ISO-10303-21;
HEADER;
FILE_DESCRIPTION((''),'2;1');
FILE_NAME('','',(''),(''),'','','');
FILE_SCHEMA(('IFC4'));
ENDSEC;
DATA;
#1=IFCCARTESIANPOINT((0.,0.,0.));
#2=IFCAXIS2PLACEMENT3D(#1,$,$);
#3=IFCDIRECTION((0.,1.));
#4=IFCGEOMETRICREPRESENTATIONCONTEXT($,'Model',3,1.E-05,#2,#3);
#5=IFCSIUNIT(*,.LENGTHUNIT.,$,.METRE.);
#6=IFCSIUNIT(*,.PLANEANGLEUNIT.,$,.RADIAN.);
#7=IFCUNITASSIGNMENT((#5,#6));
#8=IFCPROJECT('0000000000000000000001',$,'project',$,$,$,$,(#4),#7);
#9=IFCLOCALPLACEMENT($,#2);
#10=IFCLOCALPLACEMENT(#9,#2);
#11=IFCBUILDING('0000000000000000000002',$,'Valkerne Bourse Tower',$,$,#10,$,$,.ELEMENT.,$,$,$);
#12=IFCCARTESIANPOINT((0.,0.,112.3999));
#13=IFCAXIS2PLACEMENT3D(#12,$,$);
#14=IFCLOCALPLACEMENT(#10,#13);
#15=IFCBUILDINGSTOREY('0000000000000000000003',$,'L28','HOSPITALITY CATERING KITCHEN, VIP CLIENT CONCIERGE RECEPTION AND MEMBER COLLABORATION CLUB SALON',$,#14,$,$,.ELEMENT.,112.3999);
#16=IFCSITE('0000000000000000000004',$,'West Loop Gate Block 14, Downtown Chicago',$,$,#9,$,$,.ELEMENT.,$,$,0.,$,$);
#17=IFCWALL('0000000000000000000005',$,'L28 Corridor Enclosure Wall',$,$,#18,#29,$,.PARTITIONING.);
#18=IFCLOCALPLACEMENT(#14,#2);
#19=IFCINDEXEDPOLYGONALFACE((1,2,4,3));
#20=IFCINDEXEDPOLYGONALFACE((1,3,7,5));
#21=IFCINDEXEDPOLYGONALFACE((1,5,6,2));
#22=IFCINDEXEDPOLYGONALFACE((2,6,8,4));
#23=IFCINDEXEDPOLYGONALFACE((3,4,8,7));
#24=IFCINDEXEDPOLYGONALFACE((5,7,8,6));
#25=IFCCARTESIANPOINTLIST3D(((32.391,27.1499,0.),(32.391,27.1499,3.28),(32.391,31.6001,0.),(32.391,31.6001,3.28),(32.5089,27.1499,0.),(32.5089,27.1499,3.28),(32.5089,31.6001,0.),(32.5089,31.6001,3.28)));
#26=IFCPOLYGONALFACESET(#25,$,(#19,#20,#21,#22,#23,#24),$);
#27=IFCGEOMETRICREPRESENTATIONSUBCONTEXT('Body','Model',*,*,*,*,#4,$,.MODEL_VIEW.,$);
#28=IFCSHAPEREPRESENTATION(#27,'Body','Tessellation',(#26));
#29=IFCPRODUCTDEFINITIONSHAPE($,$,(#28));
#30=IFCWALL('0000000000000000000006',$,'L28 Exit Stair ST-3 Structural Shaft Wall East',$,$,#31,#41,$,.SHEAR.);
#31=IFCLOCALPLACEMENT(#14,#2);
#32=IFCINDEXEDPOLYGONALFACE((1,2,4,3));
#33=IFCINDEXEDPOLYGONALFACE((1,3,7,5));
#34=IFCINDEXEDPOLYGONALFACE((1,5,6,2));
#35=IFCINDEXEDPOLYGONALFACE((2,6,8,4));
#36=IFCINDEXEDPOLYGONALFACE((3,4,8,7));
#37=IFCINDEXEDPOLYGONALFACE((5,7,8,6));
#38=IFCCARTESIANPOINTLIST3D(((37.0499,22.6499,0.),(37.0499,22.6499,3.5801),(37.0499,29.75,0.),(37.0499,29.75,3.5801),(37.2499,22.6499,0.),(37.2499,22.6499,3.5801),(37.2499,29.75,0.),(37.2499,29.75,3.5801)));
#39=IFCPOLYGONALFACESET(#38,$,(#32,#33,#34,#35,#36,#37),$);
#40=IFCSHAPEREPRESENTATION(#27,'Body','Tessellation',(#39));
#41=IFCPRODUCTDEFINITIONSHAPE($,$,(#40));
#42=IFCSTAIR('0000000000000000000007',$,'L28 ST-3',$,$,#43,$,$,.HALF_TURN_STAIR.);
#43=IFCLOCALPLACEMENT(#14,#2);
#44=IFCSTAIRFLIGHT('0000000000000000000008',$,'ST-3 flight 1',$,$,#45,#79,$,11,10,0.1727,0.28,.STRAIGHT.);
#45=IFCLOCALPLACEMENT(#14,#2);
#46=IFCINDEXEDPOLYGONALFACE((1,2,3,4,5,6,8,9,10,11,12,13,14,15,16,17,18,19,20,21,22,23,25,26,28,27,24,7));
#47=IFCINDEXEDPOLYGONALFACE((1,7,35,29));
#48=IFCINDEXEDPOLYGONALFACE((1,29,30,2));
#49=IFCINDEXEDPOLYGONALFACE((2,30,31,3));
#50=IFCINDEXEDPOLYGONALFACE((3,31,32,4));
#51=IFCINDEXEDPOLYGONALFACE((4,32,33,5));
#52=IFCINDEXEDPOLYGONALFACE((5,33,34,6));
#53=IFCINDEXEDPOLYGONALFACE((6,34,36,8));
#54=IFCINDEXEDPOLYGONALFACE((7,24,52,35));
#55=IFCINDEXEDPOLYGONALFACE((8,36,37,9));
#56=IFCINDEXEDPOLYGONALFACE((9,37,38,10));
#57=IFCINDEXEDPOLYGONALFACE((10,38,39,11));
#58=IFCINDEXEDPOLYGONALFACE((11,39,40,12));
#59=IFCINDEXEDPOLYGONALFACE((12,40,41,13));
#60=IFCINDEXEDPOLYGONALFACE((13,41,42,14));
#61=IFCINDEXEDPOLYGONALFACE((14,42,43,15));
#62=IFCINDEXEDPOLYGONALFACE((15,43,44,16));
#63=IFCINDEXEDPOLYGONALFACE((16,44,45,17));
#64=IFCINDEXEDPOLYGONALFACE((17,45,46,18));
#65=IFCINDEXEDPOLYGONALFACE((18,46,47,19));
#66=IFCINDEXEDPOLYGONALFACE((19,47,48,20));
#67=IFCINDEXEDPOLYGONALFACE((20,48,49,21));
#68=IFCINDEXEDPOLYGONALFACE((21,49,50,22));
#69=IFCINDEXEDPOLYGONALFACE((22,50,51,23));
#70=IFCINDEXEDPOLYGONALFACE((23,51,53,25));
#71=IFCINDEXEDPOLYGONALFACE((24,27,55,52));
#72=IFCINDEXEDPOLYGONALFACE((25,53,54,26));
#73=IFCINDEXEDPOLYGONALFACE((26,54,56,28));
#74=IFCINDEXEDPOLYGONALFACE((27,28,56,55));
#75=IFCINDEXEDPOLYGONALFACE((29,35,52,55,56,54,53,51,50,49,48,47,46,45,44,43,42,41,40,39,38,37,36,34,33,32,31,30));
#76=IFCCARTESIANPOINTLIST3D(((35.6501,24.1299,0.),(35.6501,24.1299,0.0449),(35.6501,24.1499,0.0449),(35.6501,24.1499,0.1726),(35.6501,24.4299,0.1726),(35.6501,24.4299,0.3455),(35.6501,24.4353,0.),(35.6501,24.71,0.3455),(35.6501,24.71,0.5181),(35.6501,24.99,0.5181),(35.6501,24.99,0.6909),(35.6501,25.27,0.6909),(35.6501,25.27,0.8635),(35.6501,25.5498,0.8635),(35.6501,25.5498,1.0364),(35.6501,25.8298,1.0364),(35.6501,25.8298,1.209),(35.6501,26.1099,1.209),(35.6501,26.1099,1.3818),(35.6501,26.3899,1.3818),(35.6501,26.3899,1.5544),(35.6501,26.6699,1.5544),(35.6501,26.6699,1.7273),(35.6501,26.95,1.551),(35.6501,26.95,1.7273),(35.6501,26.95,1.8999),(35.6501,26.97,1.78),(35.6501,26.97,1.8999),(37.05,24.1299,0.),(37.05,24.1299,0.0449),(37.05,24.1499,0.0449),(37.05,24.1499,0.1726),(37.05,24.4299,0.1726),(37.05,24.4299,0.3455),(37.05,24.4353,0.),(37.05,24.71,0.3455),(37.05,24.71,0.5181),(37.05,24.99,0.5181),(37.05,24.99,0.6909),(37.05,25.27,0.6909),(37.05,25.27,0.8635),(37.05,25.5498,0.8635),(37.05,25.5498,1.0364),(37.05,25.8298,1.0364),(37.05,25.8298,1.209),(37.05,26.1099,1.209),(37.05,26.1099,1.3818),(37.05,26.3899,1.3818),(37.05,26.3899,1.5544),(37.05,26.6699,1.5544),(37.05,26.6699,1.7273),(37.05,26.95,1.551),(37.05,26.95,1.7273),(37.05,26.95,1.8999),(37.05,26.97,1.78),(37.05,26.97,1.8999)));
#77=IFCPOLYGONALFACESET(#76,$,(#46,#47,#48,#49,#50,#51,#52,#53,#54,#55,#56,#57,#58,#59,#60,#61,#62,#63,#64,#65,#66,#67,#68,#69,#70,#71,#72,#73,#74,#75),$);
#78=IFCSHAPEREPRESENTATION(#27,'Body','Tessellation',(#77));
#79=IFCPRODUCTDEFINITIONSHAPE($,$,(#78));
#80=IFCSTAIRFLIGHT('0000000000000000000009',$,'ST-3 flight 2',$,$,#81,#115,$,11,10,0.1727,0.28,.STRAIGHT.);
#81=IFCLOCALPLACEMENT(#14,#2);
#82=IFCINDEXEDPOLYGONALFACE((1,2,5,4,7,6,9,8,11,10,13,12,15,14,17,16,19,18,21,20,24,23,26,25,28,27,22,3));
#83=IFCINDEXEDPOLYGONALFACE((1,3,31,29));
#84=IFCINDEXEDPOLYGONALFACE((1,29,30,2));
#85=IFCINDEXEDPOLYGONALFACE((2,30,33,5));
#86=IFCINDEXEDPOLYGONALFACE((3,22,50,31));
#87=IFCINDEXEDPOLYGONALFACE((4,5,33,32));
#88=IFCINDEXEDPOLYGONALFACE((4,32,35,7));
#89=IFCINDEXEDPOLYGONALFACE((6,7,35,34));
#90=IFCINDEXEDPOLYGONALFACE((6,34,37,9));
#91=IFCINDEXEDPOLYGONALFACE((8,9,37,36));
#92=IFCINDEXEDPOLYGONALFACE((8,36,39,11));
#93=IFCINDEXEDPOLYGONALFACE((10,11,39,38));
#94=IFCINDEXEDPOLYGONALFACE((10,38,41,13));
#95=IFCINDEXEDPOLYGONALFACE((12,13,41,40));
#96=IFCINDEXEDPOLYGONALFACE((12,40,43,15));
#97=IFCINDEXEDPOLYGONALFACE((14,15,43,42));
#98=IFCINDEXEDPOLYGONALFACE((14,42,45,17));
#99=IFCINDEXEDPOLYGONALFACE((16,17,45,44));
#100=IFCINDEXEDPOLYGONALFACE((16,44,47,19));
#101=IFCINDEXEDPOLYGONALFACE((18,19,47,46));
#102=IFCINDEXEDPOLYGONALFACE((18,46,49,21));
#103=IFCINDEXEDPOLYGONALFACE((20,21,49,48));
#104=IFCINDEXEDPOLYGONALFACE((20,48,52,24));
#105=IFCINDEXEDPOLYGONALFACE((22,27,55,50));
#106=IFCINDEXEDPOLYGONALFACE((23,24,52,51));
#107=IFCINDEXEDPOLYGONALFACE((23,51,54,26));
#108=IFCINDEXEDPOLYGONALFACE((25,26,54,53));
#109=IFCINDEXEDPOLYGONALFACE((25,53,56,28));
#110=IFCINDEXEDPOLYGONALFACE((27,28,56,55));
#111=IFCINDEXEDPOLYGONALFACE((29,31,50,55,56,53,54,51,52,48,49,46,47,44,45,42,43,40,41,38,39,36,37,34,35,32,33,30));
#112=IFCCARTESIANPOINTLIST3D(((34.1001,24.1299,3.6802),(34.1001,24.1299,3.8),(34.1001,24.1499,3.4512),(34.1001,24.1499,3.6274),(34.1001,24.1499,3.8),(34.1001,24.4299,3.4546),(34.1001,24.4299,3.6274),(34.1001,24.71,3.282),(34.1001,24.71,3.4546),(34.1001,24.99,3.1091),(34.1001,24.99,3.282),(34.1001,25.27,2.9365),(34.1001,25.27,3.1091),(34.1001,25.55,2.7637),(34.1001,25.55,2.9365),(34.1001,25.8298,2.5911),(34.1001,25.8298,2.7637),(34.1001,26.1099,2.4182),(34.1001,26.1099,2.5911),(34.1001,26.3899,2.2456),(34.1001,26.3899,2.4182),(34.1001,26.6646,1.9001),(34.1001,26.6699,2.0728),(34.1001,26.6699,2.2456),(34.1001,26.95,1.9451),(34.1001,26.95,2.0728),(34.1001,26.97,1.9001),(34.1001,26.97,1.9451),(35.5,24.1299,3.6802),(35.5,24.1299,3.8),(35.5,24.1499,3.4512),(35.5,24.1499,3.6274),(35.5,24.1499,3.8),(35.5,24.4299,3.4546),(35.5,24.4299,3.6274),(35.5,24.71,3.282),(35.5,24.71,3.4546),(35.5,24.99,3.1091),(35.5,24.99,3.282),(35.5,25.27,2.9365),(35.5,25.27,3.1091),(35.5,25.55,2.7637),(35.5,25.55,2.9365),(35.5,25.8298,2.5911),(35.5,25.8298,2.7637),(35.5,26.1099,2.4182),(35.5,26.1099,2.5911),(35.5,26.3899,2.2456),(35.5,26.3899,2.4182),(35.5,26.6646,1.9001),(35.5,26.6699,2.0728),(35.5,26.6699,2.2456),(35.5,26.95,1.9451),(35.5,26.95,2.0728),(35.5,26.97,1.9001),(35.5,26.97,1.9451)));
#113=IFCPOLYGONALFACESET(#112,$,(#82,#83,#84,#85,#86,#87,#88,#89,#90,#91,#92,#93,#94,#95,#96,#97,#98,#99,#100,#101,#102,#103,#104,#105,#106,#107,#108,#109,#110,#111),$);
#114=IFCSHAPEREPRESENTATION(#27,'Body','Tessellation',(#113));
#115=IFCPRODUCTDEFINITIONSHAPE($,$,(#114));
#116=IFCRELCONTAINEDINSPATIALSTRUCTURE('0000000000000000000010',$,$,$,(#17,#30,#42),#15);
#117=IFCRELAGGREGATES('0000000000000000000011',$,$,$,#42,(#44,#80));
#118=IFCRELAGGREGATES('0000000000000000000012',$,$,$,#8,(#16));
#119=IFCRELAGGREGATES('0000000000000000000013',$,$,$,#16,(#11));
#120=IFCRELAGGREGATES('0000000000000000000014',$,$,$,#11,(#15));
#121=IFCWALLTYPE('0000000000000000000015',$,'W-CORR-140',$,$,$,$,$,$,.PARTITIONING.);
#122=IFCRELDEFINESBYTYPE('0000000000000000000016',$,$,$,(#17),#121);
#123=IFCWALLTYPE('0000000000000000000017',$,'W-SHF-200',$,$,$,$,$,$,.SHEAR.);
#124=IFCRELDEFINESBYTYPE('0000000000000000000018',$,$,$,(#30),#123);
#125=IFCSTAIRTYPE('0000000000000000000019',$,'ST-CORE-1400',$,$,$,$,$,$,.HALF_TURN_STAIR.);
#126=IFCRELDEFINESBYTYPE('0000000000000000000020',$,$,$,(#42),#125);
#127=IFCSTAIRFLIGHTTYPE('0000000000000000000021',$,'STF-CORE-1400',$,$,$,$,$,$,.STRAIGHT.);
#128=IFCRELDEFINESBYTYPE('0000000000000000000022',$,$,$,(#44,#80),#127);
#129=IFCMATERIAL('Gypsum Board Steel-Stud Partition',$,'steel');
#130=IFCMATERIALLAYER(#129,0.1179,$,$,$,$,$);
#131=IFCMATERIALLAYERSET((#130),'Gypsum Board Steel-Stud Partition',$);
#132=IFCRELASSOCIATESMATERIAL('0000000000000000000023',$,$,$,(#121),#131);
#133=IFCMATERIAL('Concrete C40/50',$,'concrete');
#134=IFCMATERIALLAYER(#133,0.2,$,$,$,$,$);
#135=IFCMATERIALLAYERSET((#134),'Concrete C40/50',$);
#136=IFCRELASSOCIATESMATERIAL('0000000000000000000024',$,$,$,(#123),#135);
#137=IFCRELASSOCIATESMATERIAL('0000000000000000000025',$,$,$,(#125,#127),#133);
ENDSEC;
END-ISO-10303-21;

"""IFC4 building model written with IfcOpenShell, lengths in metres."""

from ifc_helpers import new_model, si_unit, direction, frame, frame_2d, origin, place, context, subcontext, project, spatial, polyline, rectangle, outline, extrude, material, layer, layer_set, type_object, element, aggregate, save


model = new_model("IFC4")

# Units and contexts
model_context = context("Model", 3, precision=1e-05, world=origin(), true_north=direction((0.0, 1.0)))
body_context = subcontext(model_context, "Body", "Model", "MODEL_VIEW")
ifc_project = project(units=[si_unit("LENGTHUNIT", "METRE"), si_unit("PLANEANGLEUNIT", "RADIAN")], contexts=[model_context])

# Site, building, storey
site_placement = place(None, origin())
site = spatial("IfcSite", under=ifc_project, at=site_placement, Name="West Loop Gate Block 14, Downtown Chicago", CompositionType="ELEMENT", RefElevation=0.0)
building_placement = place(site_placement, origin())
building = spatial("IfcBuilding", under=site, at=building_placement, Name="Valkerne Bourse Tower", CompositionType="ELEMENT")
storey_placement = place(building_placement, frame((0.0, 0.0, 112.3999)))
storey = spatial("IfcBuildingStorey", under=building, at=storey_placement, Name="L28", Description="HOSPITALITY CATERING KITCHEN, VIP CLIENT CONCIERGE RECEPTION AND MEMBER COLLABORATION CLUB SALON", CompositionType="ELEMENT", Elevation=112.3999)

# Walls
ifc_material_1 = material(Name="Gypsum Board Steel-Stud Partition", Category="steel")
ifc_layer_1 = layer(ifc_material_1, 0.1179)
ifc_layer_set_1 = layer_set([ifc_layer_1], Name="Gypsum Board Steel-Stud Partition")
wall_type_1 = type_object("IfcWallType", Name="W-CORR-140", PredefinedType="PARTITIONING", material=ifc_layer_set_1)
wall_1_placement = place(storey_placement, frame((32.45, 27.1499, 0.0), z_axis=(0.0, 0.0, 1.0), x_axis=(0.0, 1.0, 0.0)))
element("IfcWall", 1, at=wall_1_placement, inside=storey, type_object=wall_type_1, Name="L28 Corridor Enclosure Wall", PredefinedType="PARTITIONING", context=body_context, shape_type="SweptSolid", body=[
    extrude(rectangle(XDim=4.4502, YDim=0.1179, at=frame_2d((2.2251, 0.0))), origin(), (0.0, 0.0, 1.0), 3.28),
])
ifc_material_2 = material(Name="Concrete C40/50", Category="concrete")
ifc_layer_2 = layer(ifc_material_2, 0.2)
ifc_layer_set_2 = layer_set([ifc_layer_2], Name="Concrete C40/50")
wall_type_2 = type_object("IfcWallType", Name="W-SHF-200", PredefinedType="SHEAR", material=ifc_layer_set_2)
wall_2_placement = place(storey_placement, frame((37.1499, 22.6499, 0.0), z_axis=(0.0, 0.0, 1.0), x_axis=(0.0, 1.0, 0.0)))
element("IfcWall", 2, at=wall_2_placement, inside=storey, type_object=wall_type_2, Name="L28 Exit Stair ST-3 Structural Shaft Wall East", PredefinedType="SHEAR", context=body_context, shape_type="SweptSolid", body=[
    extrude(rectangle(XDim=7.1001, YDim=0.2, at=frame_2d((3.55, 0.0))), origin(), (0.0, 0.0, 1.0), 3.5801),
])

# Stair, stair flights
stair_type = type_object("IfcStairType", Name="ST-CORE-1400", PredefinedType="HALF_TURN_STAIR", material=ifc_material_2)
stair_placement = place(storey_placement, origin())
stair = element("IfcStair", 3, at=stair_placement, inside=storey, type_object=stair_type, Name="L28 ST-3", PredefinedType="HALF_TURN_STAIR")
stair_flight_type = type_object("IfcStairFlightType", Name="STF-CORE-1400", PredefinedType="STRAIGHT", material=ifc_material_2)
stair_flight_1_placement = place(storey_placement, frame((36.3501, 24.1499, 0.0), z_axis=(0.0, 0.0, 1.0), x_axis=(0.0, 1.0, 0.0)))
stair_flight_1 = element("IfcStairFlight", 4, at=stair_flight_1_placement, type_object=stair_flight_type, Name="ST-3 flight 1", NumberOfRisers=11, NumberOfTreads=10, PredefinedType="STRAIGHT", RiserHeight=0.1727, TreadLength=0.28, context=body_context, shape_type="SweptSolid", body=[
    extrude(outline(polyline([(-0.02, 0.0), (-0.02, 0.0449), (0.0, 0.0449), (0.0, 0.1726), (0.28, 0.1726), (0.28, 0.3455), (0.5601, 0.3455), (0.5601, 0.5181), (0.8401, 0.5181), (0.8401, 0.6909), (1.1201, 0.6909), (1.1201, 0.8635), (1.3999, 0.8635), (1.3999, 1.0364), (1.6799, 1.0364), (1.6799, 1.209), (1.96, 1.209), (1.96, 1.3818), (2.24, 1.3818), (2.24, 1.5544), (2.52, 1.5544), (2.52, 1.7273), (2.8, 1.7273), (2.8, 1.8999), (2.8201, 1.8999), (2.8201, 1.78), (2.8, 1.551), (0.2854, 0.0), (-0.02, 0.0)])), frame((0.0, 0.7, 0.0), z_axis=(0.0, -1.0, 0.0), x_axis=(1.0, 0.0, 0.0)), (0.0, 0.0, 1.0), 1.3999),
])
stair_flight_2_placement = place(storey_placement, frame((34.8, 26.95, 1.9001), z_axis=(0.0, 0.0, 1.0), x_axis=(0.0, -1.0, 0.0)))
stair_flight_2 = element("IfcStairFlight", 5, at=stair_flight_2_placement, type_object=stair_flight_type, Name="ST-3 flight 2", NumberOfRisers=11, NumberOfTreads=10, PredefinedType="STRAIGHT", RiserHeight=0.1727, TreadLength=0.28, context=body_context, shape_type="SweptSolid", body=[
    extrude(outline(polyline([(-0.02, 0.0), (-0.02, 0.0449), (0.0, 0.0449), (0.0, 0.1726), (0.28, 0.1726), (0.28, 0.3455), (0.5601, 0.3455), (0.5601, 0.5181), (0.8401, 0.5181), (0.8401, 0.6909), (1.1201, 0.6909), (1.1201, 0.8635), (1.3999, 0.8635), (1.3999, 1.0364), (1.6799, 1.0364), (1.6799, 1.209), (1.96, 1.209), (1.96, 1.3818), (2.24, 1.3818), (2.24, 1.5544), (2.52, 1.5544), (2.52, 1.7273), (2.8, 1.7273), (2.8, 1.8999), (2.8201, 1.8999), (2.8201, 1.78), (2.8, 1.551), (0.2854, 0.0), (-0.02, 0.0)])), frame((0.0, 0.7, 0.0), z_axis=(0.0, -1.0, 0.0), x_axis=(1.0, 0.0, 0.0)), (0.0, 0.0, 1.0), 1.3999),
])
aggregate(stair, [stair_flight_1, stair_flight_2])

save(model, "model.ifc")
